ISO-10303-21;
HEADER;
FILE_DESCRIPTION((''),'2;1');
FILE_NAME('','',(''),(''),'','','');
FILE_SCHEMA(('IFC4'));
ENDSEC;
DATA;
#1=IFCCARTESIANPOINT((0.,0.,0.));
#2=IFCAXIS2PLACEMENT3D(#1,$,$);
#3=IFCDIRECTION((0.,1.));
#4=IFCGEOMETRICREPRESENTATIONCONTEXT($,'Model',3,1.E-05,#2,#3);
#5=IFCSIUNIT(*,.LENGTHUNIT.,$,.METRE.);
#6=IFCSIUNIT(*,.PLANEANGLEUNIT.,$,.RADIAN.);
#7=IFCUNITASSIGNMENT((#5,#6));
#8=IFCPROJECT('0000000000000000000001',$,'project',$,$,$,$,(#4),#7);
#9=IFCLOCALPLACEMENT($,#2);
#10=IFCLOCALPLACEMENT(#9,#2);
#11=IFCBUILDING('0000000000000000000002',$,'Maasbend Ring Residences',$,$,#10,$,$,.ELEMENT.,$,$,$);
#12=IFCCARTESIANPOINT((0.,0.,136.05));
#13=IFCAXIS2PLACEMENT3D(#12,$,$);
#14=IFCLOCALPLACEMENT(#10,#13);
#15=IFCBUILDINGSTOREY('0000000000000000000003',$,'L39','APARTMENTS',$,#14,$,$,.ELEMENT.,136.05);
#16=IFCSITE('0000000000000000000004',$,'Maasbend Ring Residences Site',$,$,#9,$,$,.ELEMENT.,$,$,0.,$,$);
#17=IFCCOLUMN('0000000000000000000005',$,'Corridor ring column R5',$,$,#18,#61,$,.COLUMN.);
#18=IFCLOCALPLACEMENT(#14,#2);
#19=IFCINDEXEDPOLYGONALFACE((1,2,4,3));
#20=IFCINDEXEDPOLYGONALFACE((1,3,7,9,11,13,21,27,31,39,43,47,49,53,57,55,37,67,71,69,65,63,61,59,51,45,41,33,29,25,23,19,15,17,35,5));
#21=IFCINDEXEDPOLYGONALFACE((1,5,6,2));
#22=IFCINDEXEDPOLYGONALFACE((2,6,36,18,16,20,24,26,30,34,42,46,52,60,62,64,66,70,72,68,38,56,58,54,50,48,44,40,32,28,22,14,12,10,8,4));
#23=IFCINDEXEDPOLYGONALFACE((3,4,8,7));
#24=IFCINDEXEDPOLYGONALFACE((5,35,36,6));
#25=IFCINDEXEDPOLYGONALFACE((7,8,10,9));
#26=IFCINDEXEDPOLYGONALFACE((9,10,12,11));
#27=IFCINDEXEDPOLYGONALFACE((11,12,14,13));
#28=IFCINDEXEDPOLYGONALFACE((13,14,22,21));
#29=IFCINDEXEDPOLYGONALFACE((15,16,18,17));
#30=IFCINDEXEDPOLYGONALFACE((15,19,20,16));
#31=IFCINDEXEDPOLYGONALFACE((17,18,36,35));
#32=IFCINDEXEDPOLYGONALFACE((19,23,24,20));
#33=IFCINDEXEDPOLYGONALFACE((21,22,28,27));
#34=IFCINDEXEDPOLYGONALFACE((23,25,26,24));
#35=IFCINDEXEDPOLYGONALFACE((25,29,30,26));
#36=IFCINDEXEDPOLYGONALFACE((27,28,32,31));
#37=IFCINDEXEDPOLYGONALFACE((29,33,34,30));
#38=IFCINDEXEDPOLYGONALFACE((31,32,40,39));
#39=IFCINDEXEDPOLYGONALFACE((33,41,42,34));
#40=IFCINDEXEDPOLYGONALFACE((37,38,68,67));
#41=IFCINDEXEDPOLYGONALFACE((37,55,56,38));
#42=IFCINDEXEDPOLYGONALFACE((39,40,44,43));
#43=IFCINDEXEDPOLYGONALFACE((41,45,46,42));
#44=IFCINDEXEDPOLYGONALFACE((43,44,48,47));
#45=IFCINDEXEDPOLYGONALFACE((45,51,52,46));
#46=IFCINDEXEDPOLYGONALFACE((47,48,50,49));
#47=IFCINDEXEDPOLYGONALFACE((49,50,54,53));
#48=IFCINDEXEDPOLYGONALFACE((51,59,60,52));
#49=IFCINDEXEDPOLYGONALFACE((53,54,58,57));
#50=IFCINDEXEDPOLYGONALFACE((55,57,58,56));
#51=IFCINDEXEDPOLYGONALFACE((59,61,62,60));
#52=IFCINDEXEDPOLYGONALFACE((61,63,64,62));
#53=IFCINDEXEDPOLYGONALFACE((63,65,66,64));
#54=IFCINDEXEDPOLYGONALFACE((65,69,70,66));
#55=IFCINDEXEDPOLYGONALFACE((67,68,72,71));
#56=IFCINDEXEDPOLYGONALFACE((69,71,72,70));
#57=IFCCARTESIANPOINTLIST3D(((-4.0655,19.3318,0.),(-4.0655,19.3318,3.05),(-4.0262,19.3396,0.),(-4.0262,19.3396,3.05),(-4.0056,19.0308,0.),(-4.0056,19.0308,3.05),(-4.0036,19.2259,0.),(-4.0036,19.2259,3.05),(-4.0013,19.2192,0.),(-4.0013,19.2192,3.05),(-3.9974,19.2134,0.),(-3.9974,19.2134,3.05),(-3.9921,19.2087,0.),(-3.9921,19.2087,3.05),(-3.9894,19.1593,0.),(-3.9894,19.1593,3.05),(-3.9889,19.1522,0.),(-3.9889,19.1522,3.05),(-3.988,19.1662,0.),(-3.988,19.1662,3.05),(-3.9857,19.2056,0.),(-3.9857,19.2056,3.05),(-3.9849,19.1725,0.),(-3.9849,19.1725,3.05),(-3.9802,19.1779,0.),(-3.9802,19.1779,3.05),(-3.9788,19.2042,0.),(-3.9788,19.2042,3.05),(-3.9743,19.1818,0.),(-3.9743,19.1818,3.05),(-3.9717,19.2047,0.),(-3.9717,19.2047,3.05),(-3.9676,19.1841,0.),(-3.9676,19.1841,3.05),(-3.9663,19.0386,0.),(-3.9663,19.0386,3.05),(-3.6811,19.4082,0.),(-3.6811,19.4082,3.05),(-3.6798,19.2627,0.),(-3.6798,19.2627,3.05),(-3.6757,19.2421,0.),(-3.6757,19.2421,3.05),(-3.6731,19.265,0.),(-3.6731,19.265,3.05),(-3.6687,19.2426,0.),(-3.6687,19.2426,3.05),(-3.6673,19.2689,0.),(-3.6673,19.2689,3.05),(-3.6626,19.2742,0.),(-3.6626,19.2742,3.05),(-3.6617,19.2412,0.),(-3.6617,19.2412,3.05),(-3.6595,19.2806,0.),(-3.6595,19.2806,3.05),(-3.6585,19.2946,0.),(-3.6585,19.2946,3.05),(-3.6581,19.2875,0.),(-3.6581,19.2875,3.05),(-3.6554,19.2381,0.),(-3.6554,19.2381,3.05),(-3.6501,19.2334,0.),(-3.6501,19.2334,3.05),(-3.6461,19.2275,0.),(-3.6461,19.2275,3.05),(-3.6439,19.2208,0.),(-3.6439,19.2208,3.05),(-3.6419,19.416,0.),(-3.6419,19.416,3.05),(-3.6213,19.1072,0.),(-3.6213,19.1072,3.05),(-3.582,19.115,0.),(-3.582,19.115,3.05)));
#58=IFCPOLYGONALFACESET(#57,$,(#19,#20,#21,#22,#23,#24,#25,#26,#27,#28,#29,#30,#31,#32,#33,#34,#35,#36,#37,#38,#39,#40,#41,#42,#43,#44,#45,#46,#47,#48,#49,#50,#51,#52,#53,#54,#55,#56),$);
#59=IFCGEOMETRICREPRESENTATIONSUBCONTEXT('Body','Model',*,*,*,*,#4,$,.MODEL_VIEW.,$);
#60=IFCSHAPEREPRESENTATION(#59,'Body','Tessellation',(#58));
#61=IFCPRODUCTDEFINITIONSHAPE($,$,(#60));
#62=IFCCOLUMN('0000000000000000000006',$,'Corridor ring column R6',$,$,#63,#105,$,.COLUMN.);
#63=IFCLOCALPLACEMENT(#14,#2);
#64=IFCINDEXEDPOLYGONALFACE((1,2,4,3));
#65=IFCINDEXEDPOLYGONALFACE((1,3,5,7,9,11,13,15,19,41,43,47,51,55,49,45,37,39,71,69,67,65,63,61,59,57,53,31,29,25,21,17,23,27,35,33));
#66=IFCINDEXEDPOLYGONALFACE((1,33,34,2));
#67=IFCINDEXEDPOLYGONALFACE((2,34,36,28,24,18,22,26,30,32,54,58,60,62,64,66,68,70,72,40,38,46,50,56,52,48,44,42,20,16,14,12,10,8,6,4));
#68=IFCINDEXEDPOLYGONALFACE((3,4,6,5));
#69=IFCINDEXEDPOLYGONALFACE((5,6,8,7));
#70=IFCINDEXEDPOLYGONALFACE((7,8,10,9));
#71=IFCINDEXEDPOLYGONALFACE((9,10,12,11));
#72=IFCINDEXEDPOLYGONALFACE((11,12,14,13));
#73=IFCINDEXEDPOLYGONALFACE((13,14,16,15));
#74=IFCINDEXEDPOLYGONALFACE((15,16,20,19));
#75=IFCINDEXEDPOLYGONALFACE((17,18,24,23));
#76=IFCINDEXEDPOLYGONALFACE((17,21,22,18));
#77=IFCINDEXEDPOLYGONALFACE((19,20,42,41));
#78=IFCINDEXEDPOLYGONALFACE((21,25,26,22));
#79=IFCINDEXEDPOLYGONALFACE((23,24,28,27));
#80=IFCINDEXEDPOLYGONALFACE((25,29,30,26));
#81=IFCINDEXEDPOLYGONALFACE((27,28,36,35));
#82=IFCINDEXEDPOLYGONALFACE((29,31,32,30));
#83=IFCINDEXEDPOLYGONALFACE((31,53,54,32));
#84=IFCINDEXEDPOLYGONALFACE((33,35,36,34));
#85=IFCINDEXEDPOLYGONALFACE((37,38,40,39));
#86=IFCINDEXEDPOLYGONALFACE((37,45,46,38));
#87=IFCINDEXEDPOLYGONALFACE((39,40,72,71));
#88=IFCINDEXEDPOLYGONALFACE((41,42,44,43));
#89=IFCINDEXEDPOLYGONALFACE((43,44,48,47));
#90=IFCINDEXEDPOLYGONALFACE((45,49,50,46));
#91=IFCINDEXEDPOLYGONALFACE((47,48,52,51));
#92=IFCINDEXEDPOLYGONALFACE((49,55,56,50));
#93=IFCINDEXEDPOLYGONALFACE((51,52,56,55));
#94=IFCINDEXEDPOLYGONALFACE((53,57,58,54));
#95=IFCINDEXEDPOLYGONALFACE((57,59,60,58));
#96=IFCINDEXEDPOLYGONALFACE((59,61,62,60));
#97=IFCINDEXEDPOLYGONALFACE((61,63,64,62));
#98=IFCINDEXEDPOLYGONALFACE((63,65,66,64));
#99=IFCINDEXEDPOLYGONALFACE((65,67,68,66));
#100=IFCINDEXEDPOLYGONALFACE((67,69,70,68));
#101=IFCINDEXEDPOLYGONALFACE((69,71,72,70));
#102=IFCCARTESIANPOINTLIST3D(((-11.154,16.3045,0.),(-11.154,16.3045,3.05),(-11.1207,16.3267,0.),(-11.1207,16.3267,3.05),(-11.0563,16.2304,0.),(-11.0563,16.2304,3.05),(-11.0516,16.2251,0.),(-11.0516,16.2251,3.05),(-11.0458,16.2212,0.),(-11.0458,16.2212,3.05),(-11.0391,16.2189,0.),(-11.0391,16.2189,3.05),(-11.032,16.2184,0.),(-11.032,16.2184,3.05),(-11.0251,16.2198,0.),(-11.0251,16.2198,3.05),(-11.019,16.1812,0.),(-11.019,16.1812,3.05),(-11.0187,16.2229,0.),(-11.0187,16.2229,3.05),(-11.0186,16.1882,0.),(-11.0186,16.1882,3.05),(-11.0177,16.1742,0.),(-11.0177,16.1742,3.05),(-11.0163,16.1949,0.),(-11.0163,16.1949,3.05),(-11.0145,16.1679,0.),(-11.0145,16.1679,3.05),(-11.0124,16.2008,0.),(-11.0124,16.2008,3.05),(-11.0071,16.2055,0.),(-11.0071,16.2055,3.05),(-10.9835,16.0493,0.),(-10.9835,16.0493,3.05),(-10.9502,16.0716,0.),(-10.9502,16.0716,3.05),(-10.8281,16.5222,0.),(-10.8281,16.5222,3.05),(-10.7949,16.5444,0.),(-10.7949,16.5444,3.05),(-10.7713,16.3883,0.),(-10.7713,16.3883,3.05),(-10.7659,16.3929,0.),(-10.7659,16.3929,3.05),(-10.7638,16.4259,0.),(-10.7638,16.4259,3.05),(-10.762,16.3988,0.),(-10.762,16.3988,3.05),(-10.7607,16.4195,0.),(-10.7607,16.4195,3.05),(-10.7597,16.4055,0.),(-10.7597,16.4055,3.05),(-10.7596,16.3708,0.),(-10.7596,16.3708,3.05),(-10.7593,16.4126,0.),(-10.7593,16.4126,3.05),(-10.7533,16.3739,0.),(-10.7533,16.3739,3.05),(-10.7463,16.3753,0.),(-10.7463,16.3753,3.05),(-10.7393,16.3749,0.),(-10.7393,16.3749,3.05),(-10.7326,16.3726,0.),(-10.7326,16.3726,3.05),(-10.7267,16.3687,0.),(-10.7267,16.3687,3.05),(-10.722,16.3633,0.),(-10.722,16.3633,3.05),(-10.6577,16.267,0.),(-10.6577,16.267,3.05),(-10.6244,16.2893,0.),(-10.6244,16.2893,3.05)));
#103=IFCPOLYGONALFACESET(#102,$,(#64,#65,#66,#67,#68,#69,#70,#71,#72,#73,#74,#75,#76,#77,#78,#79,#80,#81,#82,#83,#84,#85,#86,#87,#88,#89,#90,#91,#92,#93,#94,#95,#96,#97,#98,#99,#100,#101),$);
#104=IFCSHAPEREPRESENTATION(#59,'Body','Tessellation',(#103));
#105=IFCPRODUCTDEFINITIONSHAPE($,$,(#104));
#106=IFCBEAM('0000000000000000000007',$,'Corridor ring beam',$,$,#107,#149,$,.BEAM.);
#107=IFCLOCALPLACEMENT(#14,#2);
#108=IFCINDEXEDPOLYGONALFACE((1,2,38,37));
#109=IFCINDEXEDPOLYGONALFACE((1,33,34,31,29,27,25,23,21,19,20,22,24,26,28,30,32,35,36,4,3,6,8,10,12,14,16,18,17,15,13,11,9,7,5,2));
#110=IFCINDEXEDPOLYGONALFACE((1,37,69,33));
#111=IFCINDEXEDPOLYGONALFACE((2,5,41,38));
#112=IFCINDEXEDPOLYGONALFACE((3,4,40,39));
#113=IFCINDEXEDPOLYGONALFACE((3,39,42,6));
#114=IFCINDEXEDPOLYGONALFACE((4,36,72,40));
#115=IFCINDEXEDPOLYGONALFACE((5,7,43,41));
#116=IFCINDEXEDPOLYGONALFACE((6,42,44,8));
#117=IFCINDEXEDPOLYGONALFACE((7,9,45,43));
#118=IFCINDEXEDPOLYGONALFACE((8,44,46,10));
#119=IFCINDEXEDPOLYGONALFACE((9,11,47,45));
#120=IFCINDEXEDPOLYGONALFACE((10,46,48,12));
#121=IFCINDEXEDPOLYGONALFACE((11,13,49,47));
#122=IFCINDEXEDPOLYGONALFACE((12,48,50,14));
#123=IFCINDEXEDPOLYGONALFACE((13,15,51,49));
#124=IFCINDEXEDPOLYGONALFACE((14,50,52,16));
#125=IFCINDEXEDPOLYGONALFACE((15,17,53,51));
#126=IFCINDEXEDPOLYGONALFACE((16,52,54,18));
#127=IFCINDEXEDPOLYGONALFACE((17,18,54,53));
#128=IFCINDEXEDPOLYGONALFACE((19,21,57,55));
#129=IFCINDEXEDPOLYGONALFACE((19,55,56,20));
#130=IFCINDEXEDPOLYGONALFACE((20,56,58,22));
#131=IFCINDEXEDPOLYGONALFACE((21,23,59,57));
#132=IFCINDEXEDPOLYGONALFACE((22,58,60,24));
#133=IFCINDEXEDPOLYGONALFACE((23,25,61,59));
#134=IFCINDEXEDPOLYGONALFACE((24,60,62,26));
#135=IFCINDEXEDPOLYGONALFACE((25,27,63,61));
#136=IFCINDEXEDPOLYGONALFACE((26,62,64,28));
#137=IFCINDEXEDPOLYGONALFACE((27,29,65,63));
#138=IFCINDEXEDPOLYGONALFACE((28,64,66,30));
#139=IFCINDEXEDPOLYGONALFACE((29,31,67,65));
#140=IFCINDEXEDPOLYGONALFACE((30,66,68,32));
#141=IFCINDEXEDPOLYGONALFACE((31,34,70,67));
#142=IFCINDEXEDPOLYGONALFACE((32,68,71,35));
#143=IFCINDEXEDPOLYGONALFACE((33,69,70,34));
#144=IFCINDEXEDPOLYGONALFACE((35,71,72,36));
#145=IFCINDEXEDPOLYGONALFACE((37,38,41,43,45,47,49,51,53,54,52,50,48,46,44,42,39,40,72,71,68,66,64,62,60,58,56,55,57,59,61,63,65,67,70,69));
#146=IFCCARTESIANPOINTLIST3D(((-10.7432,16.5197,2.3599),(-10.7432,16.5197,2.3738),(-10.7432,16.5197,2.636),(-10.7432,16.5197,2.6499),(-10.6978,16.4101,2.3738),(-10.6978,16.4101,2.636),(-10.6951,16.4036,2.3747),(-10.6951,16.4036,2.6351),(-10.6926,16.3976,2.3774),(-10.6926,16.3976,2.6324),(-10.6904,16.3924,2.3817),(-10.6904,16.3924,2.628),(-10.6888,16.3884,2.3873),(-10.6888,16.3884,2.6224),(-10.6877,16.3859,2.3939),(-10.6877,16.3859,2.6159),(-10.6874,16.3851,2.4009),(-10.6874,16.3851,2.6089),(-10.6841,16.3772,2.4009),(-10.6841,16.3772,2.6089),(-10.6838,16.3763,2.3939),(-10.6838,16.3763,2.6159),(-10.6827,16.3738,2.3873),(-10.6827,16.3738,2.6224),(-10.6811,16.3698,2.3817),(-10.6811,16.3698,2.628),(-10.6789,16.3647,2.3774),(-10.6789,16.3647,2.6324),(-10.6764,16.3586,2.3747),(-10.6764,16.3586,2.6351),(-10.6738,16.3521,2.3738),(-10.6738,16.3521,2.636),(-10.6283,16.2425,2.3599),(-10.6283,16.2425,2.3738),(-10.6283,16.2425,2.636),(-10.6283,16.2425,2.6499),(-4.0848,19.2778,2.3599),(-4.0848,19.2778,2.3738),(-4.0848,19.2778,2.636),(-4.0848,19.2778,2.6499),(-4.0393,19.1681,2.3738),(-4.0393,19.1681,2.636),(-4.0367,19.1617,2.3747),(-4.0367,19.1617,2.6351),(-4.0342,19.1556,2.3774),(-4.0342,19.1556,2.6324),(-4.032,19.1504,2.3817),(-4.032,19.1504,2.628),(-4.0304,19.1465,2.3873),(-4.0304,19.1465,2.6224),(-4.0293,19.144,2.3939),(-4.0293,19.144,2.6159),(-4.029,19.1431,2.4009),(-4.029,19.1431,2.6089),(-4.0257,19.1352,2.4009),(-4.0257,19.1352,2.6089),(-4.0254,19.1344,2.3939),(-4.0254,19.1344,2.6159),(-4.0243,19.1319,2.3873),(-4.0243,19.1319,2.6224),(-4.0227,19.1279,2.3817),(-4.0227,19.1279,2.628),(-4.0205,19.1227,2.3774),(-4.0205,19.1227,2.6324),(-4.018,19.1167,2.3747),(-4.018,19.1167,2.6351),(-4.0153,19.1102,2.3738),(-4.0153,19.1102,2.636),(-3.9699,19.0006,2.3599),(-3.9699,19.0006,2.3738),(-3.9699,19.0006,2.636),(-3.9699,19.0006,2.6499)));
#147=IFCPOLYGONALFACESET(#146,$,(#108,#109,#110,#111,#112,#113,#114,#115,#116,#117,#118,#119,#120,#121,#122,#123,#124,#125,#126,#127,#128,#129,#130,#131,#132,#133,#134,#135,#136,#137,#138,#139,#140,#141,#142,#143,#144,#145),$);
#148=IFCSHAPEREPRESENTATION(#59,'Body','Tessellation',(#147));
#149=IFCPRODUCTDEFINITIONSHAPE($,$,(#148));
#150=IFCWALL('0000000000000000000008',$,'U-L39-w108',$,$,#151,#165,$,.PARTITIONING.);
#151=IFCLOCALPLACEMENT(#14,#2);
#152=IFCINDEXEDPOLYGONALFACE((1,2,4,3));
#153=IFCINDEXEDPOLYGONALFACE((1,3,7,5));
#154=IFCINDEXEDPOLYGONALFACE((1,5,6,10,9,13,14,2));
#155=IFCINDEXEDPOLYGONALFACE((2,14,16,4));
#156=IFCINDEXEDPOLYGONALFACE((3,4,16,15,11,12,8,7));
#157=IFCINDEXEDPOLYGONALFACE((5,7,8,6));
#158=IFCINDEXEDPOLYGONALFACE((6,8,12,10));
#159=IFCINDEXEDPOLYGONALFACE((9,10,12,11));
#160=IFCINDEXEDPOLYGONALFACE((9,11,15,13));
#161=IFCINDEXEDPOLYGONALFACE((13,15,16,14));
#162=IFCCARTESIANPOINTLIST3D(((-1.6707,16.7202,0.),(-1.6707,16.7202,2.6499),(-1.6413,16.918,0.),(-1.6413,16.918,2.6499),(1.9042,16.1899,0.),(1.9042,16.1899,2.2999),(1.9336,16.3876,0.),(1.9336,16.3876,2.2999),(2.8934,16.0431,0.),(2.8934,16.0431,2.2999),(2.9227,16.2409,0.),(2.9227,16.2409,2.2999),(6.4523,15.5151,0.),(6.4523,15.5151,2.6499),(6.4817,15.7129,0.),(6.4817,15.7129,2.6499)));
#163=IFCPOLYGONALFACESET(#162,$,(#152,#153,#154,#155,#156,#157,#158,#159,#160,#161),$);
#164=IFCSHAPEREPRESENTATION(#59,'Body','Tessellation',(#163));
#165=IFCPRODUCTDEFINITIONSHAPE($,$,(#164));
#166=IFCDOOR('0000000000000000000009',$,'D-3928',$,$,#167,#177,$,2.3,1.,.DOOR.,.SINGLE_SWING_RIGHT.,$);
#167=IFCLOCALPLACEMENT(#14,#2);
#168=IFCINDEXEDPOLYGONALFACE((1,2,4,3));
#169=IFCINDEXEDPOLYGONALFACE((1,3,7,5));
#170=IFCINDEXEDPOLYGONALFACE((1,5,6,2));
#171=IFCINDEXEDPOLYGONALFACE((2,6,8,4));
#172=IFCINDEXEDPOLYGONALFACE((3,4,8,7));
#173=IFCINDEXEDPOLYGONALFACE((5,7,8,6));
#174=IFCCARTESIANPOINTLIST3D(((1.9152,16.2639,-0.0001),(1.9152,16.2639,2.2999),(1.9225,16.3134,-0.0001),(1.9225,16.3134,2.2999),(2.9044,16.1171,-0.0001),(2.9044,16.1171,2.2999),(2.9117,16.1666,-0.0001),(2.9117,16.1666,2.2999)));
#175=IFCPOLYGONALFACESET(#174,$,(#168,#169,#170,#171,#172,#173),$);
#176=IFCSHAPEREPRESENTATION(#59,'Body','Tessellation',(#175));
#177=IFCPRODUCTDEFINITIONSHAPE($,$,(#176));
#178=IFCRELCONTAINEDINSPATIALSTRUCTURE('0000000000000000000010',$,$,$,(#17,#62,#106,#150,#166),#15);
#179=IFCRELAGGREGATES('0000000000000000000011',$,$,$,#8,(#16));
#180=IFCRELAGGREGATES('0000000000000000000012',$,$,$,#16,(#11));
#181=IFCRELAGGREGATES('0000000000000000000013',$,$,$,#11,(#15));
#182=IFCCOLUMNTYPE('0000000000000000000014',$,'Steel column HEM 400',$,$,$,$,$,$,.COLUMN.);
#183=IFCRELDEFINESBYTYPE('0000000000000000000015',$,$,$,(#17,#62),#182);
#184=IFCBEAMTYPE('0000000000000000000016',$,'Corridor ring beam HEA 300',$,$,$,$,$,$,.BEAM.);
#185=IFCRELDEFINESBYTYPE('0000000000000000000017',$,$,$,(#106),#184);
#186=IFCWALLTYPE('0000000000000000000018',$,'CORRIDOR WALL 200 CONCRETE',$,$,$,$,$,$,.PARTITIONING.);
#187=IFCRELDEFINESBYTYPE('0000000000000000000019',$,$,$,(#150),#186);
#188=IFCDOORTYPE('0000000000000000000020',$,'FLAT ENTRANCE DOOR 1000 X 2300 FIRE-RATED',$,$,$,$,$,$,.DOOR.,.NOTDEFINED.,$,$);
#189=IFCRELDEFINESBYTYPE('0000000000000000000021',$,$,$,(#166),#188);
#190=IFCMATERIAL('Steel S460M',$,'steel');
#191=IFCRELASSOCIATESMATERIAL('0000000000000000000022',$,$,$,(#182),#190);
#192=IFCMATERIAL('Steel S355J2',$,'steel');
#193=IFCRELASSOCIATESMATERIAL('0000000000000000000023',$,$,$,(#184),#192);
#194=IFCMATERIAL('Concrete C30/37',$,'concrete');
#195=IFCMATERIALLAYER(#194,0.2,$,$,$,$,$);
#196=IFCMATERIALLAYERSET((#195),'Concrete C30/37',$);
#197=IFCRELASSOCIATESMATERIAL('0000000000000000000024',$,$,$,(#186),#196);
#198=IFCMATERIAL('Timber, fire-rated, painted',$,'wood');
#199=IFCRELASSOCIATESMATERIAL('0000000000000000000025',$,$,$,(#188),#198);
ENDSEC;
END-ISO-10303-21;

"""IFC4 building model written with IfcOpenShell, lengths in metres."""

from ifc_helpers import new_model, si_unit, direction, frame, frame_2d, origin, origin_2d, place, context, subcontext, project, spatial, rectangle, i_section, extrude, material, layer, layer_set, material_profile, profile_set, type_object, element, fill, save


model = new_model("IFC4")

# Units and contexts
model_context = context("Model", 3, precision=1e-05, world=origin(), true_north=direction((0.0, 1.0)))
body_context = subcontext(model_context, "Body", "Model", "MODEL_VIEW")
ifc_project = project(units=[si_unit("LENGTHUNIT", "METRE"), si_unit("PLANEANGLEUNIT", "RADIAN")], contexts=[model_context])

# Site, building, storey
site_placement = place(None, origin())
site = spatial("IfcSite", under=ifc_project, at=site_placement, Name="Maasbend Ring Residences Site", CompositionType="ELEMENT", RefElevation=0.0)
building_placement = place(site_placement, origin())
building = spatial("IfcBuilding", under=site, at=building_placement, Name="Maasbend Ring Residences", CompositionType="ELEMENT")
storey_placement = place(building_placement, frame((0.0, 0.0, 136.05)))
storey = spatial("IfcBuildingStorey", under=building, at=storey_placement, Name="L39", Description="APARTMENTS", CompositionType="ELEMENT", Elevation=136.05)

# Columns
ifc_material_1 = material(Name="Steel S460M", Category="steel")
ifc_material_profile_1 = material_profile(ifc_material_1, i_section(OverallWidth=0.3069, OverallDepth=0.4319, WebThickness=0.021, FlangeThickness=0.04, FilletRadius=0.0271, at=origin_2d()), Name="HEM 400")
ifc_profile_set_1 = profile_set([ifc_material_profile_1], Name="Steel S460M")
column_type = type_object("IfcColumnType", Name="Steel column HEM 400", PredefinedType="COLUMN", material=ifc_profile_set_1)
for number, where, z_axis, x_axis, name in (
    (1, (-3.8237, 19.2234, 0.0), (0.0, 0.0, 1.0), (-0.19509, 0.980785, 0.0), "Corridor ring column R5"),
    (2, (-10.8892, 16.2969, 0.0), (0.0, 0.0, 1.0), (-0.55557, 0.83147, 0.0), "Corridor ring column R6"),
):
    element("IfcColumn", number, at=place(storey_placement, frame(where, z_axis=z_axis, x_axis=x_axis)), inside=storey, type_object=column_type, Name=name, PredefinedType="COLUMN", context=body_context, shape_type="SweptSolid", body=[
        extrude(i_section(OverallWidth=0.3069, OverallDepth=0.4319, WebThickness=0.021, FlangeThickness=0.04, FilletRadius=0.0271, at=origin_2d()), origin(), (0.0, 0.0, 1.0), 3.05),
    ])

# Beam
ifc_material_2 = material(Name="Steel S355J2", Category="steel")
ifc_material_profile_2 = material_profile(ifc_material_2, i_section(OverallWidth=0.3, OverallDepth=0.29, WebThickness=0.0085, FlangeThickness=0.0139, FilletRadius=0.0271, at=origin_2d()), Name="HEA 300")
ifc_profile_set_2 = profile_set([ifc_material_profile_2], Name="Steel S355J2")
beam_type = type_object("IfcBeamType", Name="Corridor ring beam HEA 300", PredefinedType="BEAM", material=ifc_profile_set_2)
beam_placement = place(storey_placement, frame((-4.0273, 19.1392, 2.5049), z_axis=(-0.923878, -0.382688, 0.0), x_axis=(0.382688, -0.923878, 0.0)))
element("IfcBeam", 3, at=beam_placement, inside=storey, type_object=beam_type, Name="Corridor ring beam", PredefinedType="BEAM", context=body_context, shape_type="SweptSolid", body=[
    extrude(i_section(OverallWidth=0.3, OverallDepth=0.29, WebThickness=0.0085, FlangeThickness=0.0139, FilletRadius=0.0271, at=origin_2d()), origin(), (0.0, 0.0, 1.0), 7.207),
])

# Wall, opening, door
ifc_material_3 = material(Name="Concrete C30/37", Category="concrete")
ifc_layer_1 = layer(ifc_material_3, 0.2)
ifc_layer_set_1 = layer_set([ifc_layer_1], Name="Concrete C30/37")
wall_type_1 = type_object("IfcWallType", Name="CORRIDOR WALL 200 CONCRETE", PredefinedType="PARTITIONING", material=ifc_layer_set_1)
wall_1_placement = place(storey_placement, frame((-1.656, 16.8191, 0.0), z_axis=(0.0, 0.0, 1.0), x_axis=(0.989174, -0.146747, 0.0)))
wall_1 = element("IfcWall", 4, at=wall_1_placement, inside=storey, type_object=wall_type_1, Name="U-L39-w108", PredefinedType="PARTITIONING", context=body_context, shape_type="SweptSolid", body=[
    extrude(rectangle(XDim=8.2119, YDim=0.2, at=frame_2d((4.106, 0.0))), origin(), (0.0, 0.0, 1.0), 2.6499),
])
opening_1_placement = place(wall_1_placement, frame((3.614, 0.0, 0.0)))
opening_1 = element("IfcOpeningElement", 5, at=opening_1_placement, cuts=wall_1, PredefinedType="OPENING", context=body_context, shape_type="SweptSolid", body=[
    extrude(rectangle(XDim=1.0, YDim=2.3, at=frame_2d((0.5, 1.1499))), frame((0.0, 0.1099, 0.0), z_axis=(0.0, -1.0, 0.0), x_axis=(1.0, 0.0, 0.0)), (0.0, 0.0, 1.0), 0.22),
])
ifc_material_4 = material(Name="Timber, fire-rated, painted", Category="wood")
door_type_1 = type_object("IfcDoorType", Name="FLAT ENTRANCE DOOR 1000 X 2300 FIRE-RATED", OperationType="NOTDEFINED", PredefinedType="DOOR", material=ifc_material_4)
door_1_placement = place(opening_1_placement, origin())
door_1 = element("IfcDoor", 6, at=door_1_placement, inside=storey, type_object=door_type_1, Name="D-3928", OperationType="SINGLE_SWING_RIGHT", OverallHeight=2.3, OverallWidth=1.0, PredefinedType="DOOR", context=body_context, shape_type="SweptSolid", body=[
    extrude(rectangle(XDim=1.0, YDim=2.3, at=frame_2d((0.5, 1.1499))), frame((0.0, 0.0249, 0.0), z_axis=(0.0, -1.0, 0.0), x_axis=(1.0, 0.0, 0.0)), (0.0, 0.0, 1.0), 0.05),
])
fill(opening_1, door_1)

save(model, "model.ifc")
